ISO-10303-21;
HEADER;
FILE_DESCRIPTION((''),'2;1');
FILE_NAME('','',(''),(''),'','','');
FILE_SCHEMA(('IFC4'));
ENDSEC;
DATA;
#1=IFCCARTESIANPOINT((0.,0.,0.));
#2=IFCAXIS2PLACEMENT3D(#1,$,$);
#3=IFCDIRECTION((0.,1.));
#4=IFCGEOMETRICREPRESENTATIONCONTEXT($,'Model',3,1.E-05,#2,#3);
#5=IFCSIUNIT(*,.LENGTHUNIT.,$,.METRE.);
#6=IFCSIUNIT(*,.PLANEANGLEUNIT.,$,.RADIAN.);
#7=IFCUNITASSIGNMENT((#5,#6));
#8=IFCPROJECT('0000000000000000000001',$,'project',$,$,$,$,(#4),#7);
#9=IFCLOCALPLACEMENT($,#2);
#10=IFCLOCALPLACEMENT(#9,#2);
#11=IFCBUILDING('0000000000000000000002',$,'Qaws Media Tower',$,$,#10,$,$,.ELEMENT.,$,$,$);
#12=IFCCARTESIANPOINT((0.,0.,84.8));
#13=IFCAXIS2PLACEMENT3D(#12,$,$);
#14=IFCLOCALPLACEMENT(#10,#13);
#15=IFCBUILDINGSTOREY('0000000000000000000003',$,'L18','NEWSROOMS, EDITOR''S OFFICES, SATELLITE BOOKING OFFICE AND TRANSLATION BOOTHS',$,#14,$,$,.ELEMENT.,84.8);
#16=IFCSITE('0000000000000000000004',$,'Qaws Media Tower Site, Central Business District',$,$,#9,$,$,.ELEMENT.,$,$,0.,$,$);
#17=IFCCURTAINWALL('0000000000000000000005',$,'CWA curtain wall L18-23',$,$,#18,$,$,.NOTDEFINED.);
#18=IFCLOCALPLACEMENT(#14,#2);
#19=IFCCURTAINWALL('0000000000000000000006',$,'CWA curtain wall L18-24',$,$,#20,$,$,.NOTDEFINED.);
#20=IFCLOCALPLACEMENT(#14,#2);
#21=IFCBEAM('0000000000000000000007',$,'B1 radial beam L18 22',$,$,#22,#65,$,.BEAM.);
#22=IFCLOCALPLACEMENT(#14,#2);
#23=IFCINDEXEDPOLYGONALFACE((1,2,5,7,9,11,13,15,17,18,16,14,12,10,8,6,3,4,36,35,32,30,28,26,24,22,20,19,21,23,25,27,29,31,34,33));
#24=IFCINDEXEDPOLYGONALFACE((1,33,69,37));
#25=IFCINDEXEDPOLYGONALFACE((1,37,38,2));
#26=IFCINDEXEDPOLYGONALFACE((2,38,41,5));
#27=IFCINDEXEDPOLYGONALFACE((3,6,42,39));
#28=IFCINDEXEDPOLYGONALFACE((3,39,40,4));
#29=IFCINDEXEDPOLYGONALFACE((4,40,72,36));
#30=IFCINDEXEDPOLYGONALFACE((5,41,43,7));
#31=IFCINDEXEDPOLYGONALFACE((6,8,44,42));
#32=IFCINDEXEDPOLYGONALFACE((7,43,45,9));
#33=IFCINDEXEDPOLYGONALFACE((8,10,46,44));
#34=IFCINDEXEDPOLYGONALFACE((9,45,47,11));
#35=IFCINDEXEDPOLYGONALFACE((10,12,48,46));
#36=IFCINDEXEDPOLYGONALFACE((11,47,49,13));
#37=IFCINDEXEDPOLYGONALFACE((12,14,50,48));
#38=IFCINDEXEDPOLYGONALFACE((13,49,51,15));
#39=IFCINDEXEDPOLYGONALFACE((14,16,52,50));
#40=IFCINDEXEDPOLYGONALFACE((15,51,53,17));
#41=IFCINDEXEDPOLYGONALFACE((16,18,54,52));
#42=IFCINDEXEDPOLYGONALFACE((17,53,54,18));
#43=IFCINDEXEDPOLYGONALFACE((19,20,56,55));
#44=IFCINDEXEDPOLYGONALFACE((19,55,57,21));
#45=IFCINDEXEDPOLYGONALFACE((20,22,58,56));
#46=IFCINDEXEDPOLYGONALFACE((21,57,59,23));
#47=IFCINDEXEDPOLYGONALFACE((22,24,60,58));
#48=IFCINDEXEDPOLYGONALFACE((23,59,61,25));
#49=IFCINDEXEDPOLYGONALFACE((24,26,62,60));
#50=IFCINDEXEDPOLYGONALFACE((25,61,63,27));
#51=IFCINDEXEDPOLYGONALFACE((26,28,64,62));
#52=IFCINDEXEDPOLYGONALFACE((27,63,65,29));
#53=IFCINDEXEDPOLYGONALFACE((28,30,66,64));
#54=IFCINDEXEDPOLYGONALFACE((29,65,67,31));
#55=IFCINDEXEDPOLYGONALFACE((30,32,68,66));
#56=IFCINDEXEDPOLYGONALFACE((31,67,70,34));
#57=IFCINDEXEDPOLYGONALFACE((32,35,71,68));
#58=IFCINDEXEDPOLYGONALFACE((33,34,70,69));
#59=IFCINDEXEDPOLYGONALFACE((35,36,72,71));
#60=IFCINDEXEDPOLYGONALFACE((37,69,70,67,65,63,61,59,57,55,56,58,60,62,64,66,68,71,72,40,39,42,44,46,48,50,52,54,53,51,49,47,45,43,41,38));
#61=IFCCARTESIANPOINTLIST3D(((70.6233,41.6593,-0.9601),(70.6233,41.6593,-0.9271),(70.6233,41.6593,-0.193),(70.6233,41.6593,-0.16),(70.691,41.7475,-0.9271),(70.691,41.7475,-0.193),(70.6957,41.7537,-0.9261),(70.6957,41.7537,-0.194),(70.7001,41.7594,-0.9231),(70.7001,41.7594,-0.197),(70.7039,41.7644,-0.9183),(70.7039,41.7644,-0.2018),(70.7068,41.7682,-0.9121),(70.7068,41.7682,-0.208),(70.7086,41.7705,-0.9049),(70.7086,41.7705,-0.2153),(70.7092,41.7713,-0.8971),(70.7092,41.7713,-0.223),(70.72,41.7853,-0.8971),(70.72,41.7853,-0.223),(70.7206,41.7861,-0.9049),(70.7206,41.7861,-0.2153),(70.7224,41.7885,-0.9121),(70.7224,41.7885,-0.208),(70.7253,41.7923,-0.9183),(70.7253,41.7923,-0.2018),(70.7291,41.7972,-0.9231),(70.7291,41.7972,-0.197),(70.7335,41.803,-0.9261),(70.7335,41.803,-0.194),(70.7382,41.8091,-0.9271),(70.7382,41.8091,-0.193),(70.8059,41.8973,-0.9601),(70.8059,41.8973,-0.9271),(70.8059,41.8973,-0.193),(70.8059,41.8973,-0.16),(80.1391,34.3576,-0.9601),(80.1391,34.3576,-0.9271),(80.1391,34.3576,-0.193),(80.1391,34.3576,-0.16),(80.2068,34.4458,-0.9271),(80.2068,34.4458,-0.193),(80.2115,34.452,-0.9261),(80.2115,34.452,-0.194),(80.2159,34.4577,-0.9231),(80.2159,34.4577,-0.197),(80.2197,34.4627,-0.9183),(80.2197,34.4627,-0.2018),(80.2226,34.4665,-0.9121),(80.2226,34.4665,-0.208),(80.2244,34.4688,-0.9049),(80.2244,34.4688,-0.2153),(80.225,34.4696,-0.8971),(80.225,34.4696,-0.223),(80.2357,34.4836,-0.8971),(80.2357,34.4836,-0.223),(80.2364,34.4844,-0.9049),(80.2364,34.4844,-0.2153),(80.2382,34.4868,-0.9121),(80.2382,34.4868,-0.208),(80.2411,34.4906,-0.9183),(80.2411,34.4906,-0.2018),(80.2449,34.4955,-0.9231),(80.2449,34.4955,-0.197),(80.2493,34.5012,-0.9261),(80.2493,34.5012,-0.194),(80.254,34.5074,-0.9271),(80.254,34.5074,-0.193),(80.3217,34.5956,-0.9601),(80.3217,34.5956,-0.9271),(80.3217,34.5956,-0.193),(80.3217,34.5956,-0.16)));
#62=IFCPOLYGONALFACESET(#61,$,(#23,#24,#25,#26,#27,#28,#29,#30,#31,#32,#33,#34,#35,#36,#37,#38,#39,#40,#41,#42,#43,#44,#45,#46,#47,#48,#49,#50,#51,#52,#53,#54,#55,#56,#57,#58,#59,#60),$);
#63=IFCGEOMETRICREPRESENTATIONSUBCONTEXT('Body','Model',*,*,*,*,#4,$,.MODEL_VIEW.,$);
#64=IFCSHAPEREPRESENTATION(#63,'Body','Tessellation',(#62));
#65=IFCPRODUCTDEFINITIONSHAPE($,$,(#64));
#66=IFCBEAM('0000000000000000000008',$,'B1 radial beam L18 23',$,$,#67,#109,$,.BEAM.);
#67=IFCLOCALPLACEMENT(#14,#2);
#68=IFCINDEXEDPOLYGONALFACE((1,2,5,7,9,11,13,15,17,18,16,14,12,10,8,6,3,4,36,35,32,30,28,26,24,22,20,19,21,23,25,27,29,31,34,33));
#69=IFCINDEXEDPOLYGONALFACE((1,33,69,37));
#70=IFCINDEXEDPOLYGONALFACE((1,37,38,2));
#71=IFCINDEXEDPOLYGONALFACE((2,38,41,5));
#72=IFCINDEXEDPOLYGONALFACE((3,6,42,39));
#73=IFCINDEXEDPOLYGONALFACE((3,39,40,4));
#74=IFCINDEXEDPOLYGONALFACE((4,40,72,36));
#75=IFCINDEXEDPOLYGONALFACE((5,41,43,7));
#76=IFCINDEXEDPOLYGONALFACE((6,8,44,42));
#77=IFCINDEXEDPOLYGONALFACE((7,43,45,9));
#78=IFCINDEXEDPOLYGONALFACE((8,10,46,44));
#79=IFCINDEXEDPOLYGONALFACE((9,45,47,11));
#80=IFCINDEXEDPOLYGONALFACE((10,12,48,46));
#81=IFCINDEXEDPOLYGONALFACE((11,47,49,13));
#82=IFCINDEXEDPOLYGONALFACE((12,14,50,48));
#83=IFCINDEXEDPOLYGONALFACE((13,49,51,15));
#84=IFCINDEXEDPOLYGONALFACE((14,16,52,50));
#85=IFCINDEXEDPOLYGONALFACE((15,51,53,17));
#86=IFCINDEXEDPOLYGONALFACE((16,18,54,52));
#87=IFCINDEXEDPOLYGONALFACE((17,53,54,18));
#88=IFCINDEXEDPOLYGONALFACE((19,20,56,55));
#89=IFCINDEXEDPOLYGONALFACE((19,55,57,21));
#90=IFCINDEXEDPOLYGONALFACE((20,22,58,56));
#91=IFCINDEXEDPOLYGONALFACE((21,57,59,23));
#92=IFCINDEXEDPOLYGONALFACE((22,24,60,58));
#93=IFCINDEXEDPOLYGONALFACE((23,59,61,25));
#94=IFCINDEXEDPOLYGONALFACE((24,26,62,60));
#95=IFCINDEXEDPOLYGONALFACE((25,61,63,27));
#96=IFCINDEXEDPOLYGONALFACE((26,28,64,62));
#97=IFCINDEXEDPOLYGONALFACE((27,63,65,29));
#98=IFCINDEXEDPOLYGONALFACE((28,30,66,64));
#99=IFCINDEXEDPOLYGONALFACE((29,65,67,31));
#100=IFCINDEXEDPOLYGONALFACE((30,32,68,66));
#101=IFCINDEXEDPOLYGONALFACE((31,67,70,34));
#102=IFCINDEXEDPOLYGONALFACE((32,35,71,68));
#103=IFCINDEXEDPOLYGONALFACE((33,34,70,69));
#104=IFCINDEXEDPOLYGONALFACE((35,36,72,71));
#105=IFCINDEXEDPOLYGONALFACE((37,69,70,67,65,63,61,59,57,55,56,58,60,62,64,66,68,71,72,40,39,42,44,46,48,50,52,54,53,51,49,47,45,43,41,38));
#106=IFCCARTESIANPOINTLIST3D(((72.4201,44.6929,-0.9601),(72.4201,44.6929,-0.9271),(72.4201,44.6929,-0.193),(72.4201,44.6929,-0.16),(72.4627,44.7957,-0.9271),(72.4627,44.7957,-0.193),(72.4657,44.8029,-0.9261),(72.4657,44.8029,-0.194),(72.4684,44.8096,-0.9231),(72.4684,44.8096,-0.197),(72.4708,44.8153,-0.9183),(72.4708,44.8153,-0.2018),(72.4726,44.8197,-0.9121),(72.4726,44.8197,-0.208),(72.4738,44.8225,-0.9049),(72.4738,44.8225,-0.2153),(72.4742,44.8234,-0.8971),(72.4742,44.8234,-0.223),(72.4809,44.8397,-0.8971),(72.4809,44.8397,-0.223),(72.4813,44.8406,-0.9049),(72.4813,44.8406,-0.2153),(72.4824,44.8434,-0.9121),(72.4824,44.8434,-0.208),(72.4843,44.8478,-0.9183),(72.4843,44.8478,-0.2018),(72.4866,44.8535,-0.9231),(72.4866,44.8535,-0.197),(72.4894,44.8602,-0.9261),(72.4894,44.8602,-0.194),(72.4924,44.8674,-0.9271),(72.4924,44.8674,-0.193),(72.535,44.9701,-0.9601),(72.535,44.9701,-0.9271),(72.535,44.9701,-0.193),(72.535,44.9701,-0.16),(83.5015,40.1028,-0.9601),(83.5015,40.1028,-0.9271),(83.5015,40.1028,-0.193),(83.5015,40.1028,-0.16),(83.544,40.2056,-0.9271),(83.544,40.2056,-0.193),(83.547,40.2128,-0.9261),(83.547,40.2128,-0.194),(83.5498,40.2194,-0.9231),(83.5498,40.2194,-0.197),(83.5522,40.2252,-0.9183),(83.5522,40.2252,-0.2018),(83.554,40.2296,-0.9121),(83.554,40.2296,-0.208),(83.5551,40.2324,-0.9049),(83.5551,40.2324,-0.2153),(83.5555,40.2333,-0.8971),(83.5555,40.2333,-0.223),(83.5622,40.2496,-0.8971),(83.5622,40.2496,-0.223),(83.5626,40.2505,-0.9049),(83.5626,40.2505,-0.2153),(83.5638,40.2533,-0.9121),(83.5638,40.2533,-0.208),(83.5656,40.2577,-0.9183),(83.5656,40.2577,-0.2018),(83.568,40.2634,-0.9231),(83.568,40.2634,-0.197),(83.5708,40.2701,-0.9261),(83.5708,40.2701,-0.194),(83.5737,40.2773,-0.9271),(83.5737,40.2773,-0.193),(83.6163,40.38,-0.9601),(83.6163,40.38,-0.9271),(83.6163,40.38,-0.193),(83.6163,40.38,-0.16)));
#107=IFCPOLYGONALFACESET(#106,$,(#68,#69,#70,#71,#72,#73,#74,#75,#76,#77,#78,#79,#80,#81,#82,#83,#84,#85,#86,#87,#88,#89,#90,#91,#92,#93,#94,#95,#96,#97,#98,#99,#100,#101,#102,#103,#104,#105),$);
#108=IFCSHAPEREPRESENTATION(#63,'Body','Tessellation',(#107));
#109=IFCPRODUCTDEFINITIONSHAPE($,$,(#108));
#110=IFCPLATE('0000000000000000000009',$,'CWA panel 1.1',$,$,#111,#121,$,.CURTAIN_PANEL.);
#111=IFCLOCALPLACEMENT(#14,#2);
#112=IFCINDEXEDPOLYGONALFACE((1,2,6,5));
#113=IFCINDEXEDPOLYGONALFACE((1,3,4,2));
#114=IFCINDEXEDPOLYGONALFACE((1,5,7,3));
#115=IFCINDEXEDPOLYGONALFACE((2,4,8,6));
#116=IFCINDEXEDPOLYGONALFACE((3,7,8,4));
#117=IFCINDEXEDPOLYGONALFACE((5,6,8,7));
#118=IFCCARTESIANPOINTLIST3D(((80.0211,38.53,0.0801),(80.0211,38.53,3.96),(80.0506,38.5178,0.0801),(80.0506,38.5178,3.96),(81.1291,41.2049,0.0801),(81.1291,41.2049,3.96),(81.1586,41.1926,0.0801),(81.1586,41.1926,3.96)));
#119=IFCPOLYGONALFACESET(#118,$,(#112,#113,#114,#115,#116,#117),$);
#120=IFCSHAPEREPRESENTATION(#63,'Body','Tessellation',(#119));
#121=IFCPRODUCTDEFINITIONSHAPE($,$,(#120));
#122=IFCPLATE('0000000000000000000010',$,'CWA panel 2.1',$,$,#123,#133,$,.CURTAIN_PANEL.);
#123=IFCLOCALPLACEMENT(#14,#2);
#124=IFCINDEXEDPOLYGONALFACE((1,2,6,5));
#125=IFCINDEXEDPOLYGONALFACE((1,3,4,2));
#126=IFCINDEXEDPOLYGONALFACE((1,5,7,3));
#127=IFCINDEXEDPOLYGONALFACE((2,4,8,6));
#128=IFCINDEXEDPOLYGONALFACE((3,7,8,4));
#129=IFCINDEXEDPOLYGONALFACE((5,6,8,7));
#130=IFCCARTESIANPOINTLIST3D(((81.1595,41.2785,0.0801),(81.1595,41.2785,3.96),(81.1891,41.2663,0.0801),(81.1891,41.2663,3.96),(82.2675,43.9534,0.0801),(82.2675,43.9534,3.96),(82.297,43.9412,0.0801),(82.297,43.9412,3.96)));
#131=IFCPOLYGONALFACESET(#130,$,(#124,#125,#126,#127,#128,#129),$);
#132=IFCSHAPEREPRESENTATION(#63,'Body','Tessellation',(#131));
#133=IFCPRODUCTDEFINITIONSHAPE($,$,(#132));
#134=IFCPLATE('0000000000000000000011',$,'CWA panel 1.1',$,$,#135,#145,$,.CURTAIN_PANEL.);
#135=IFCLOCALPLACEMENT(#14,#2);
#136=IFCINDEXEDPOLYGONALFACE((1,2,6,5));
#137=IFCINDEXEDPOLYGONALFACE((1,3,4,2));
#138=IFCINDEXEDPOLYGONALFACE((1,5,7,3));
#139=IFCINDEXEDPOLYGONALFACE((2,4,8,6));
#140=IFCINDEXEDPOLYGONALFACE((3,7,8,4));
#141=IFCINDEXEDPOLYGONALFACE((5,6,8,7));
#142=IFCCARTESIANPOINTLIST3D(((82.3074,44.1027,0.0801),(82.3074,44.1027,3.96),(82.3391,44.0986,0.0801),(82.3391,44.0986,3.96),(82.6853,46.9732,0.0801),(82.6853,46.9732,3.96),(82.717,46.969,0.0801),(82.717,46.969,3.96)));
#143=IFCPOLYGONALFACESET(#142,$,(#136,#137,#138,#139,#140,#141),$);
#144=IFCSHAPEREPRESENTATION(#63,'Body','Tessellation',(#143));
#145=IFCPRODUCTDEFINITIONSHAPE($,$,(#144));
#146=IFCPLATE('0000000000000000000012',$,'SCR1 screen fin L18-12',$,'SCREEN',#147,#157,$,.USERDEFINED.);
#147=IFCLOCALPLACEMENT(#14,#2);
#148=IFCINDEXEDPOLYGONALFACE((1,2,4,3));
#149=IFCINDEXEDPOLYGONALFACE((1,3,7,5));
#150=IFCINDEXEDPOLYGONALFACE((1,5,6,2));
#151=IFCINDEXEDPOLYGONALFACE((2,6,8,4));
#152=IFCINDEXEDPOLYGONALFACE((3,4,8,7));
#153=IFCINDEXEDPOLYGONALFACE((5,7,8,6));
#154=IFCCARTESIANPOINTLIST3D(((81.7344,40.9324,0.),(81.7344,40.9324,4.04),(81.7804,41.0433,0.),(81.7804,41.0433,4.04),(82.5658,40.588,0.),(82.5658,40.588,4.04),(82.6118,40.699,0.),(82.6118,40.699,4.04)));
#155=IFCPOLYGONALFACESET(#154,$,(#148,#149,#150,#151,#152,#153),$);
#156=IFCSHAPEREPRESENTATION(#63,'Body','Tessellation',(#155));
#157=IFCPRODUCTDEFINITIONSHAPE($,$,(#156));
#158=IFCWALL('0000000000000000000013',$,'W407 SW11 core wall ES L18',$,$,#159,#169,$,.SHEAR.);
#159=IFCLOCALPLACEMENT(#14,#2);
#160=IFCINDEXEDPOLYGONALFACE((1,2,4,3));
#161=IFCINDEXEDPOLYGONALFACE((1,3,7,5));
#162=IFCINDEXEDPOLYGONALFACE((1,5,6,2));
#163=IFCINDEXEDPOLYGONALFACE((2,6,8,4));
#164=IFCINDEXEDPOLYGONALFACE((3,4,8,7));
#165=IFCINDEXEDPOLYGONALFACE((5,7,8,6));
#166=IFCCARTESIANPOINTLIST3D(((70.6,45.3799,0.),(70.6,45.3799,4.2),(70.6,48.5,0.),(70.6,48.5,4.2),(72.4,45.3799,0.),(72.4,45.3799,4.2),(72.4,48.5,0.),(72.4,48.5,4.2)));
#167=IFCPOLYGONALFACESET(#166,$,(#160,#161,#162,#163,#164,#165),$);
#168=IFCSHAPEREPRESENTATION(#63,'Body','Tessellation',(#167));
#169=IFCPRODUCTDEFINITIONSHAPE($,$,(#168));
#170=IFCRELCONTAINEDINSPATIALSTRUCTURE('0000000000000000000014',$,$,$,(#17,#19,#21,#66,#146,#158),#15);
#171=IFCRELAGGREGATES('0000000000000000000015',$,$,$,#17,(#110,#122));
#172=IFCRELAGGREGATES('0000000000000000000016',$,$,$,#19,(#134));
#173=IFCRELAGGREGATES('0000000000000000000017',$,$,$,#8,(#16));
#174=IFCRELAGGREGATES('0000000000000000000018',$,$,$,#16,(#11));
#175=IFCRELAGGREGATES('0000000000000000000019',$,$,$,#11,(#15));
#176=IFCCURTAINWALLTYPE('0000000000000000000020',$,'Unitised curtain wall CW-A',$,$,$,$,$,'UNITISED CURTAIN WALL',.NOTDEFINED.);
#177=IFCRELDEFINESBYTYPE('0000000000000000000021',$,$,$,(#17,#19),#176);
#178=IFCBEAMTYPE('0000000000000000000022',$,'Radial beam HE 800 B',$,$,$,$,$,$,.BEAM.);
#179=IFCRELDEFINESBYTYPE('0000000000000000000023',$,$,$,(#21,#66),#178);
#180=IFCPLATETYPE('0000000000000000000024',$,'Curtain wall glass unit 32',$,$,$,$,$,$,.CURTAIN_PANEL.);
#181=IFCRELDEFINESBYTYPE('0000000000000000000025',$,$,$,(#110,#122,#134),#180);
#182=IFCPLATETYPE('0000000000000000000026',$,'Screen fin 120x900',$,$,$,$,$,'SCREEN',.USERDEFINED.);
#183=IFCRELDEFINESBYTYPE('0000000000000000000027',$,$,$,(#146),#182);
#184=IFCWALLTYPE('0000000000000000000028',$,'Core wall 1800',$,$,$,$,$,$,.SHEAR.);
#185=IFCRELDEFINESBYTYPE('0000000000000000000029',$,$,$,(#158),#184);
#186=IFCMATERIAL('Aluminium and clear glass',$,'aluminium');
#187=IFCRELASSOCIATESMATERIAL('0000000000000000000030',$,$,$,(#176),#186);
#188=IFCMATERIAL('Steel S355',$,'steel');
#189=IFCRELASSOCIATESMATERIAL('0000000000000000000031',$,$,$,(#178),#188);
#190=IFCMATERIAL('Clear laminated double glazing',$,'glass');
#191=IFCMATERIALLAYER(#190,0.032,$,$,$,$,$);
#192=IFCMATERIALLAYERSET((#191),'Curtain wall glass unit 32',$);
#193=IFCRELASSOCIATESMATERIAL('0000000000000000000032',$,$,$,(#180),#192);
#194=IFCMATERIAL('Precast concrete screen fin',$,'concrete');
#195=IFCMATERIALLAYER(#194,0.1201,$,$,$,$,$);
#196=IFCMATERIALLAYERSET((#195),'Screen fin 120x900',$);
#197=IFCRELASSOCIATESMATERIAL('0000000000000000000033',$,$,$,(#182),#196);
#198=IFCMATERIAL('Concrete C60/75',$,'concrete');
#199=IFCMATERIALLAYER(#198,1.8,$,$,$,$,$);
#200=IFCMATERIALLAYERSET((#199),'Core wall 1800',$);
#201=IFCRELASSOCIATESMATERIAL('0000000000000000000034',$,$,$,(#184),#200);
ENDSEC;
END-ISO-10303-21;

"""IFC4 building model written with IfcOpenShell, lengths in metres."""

from ifc_helpers import new_model, si_unit, direction, frame, frame_2d, origin, origin_2d, place, context, subcontext, project, spatial, rectangle, i_section, extrude, material, layer, layer_set, material_profile, profile_set, type_object, element, aggregate, save


model = new_model("IFC4")

# Units and contexts
model_context = context("Model", 3, precision=1e-05, world=origin(), true_north=direction((0.0, 1.0)))
body_context = subcontext(model_context, "Body", "Model", "MODEL_VIEW")
ifc_project = project(units=[si_unit("LENGTHUNIT", "METRE"), si_unit("PLANEANGLEUNIT", "RADIAN")], contexts=[model_context])

# Site, building, storey
site_placement = place(None, origin())
site = spatial("IfcSite", under=ifc_project, at=site_placement, Name="Qaws Media Tower Site, Central Business District", CompositionType="ELEMENT", RefElevation=0.0)
building_placement = place(site_placement, origin())
building = spatial("IfcBuilding", under=site, at=building_placement, Name="Qaws Media Tower", CompositionType="ELEMENT")
storey_placement = place(building_placement, frame((0.0, 0.0, 84.8)))
storey = spatial("IfcBuildingStorey", under=building, at=storey_placement, Name="L18", Description="NEWSROOMS, EDITOR'S OFFICES, SATELLITE BOOKING OFFICE AND TRANSLATION BOOTHS", CompositionType="ELEMENT", Elevation=84.8)

# Shared definitions
ifc_material_1 = material(Name="Aluminium and clear glass", Category="aluminium")
curtain_wall_type = type_object("IfcCurtainWallType", Name="Unitised curtain wall CW-A", ElementType="UNITISED CURTAIN WALL", PredefinedType="NOTDEFINED", material=ifc_material_1)

# Curtain walls
curtain_wall_1_placement = place(storey_placement, origin())
curtain_wall_1 = element("IfcCurtainWall", 1, at=curtain_wall_1_placement, inside=storey, type_object=curtain_wall_type, Name="CWA curtain wall L18-23", PredefinedType="NOTDEFINED")
curtain_wall_2_placement = place(storey_placement, origin())
curtain_wall_2 = element("IfcCurtainWall", 2, at=curtain_wall_2_placement, inside=storey, type_object=curtain_wall_type, Name="CWA curtain wall L18-24", PredefinedType="NOTDEFINED")

# Beams
ifc_material_2 = material(Name="Steel S355", Category="steel")
ifc_material_profile_1 = material_profile(ifc_material_2, i_section(OverallWidth=0.3, OverallDepth=0.8, WebThickness=0.0176, FlangeThickness=0.033, FilletRadius=0.03, at=origin_2d()), Name="HE 800 B")
ifc_profile_set_1 = profile_set([ifc_material_profile_1], Name="Steel S355")
beam_type_1 = type_object("IfcBeamType", Name="Radial beam HE 800 B", PredefinedType="BEAM", material=ifc_profile_set_1)
for number, where, z_axis, x_axis, name in (
    (3, (70.7146, 41.7783, -0.5601), (0.793354, -0.60876, 0.0), (0.60876, 0.793354, 0.0), "B1 radial beam L18 22"),
    (4, (72.4775, 44.8315, -0.5601), (0.923878, -0.382688, 0.0), (0.382688, 0.923878, 0.0), "B1 radial beam L18 23"),
):
    element("IfcBeam", number, at=place(storey_placement, frame(where, z_axis=z_axis, x_axis=x_axis)), inside=storey, type_object=beam_type_1, Name=name, PredefinedType="BEAM", context=body_context, shape_type="SweptSolid", body=[
        extrude(i_section(OverallWidth=0.3, OverallDepth=0.8, WebThickness=0.0176, FlangeThickness=0.033, FilletRadius=0.03, at=origin_2d()), origin(), (0.0, 0.0, 1.0), 11.9944),
    ])

# Plates
ifc_material_3 = material(Name="Clear laminated double glazing", Category="glass")
ifc_layer_1 = layer(ifc_material_3, 0.032)
ifc_layer_set_1 = layer_set([ifc_layer_1], Name="Curtain wall glass unit 32")
plate_type_1 = type_object("IfcPlateType", Name="Curtain wall glass unit 32", PredefinedType="CURTAIN_PANEL", material=ifc_layer_set_1)
plate_1_placement = place(storey_placement, frame((80.5898, 39.8613, 0.0801), z_axis=(0.0, 0.0, 1.0), x_axis=(0.382683, 0.92388, 0.0)))
plate_1 = element("IfcPlate", 5, at=plate_1_placement, type_object=plate_type_1, Name="CWA panel 1.1", PredefinedType="CURTAIN_PANEL", context=body_context, shape_type="SweptSolid", body=[
    extrude(rectangle(XDim=2.8953, YDim=0.032, at=origin_2d()), origin(), (0.0, 0.0, 1.0), 3.8799),
])
plate_2_placement = place(storey_placement, frame((81.7283, 42.6099, 0.0801), z_axis=(0.0, 0.0, 1.0), x_axis=(0.382683, 0.92388, 0.0)))
plate_2 = element("IfcPlate", 6, at=plate_2_placement, type_object=plate_type_1, Name="CWA panel 2.1", PredefinedType="CURTAIN_PANEL", context=body_context, shape_type="SweptSolid", body=[
    extrude(rectangle(XDim=2.8953, YDim=0.032, at=origin_2d()), origin(), (0.0, 0.0, 1.0), 3.8799),
])
aggregate(curtain_wall_1, [plate_1, plate_2])
plate_3_placement = place(storey_placement, frame((82.5122, 45.5359, 0.0801), z_axis=(0.0, 0.0, 1.0), x_axis=(0.130526, 0.991445, 0.0)))
plate_3 = element("IfcPlate", 7, at=plate_3_placement, type_object=plate_type_1, Name="CWA panel 1.1", PredefinedType="CURTAIN_PANEL", context=body_context, shape_type="SweptSolid", body=[
    extrude(rectangle(XDim=2.8953, YDim=0.032, at=origin_2d()), origin(), (0.0, 0.0, 1.0), 3.8799),
])
aggregate(curtain_wall_2, [plate_3])
ifc_material_4 = material(Name="Precast concrete screen fin", Category="concrete")
ifc_layer_2 = layer(ifc_material_4, 0.1201)
ifc_layer_set_2 = layer_set([ifc_layer_2], Name="Screen fin 120x900")
plate_type_2 = type_object("IfcPlateType", Name="Screen fin 120x900", ElementType="SCREEN", PredefinedType="USERDEFINED", material=ifc_layer_set_2)
plate_4_placement = place(storey_placement, frame((82.1731, 40.8157, 0.0), z_axis=(0.0, 0.0, 1.0), x_axis=(0.92388, -0.382683, 0.0)))
element("IfcPlate", 8, at=plate_4_placement, inside=storey, type_object=plate_type_2, Name="SCR1 screen fin L18-12", ObjectType="SCREEN", PredefinedType="USERDEFINED", context=body_context, shape_type="SweptSolid", body=[
    extrude(rectangle(XDim=0.8999, YDim=0.1201, at=origin_2d()), origin(), (0.0, 0.0, 1.0), 4.04),
])

# Wall
ifc_material_5 = material(Name="Concrete C60/75", Category="concrete")
ifc_layer_3 = layer(ifc_material_5, 1.8)
ifc_layer_set_3 = layer_set([ifc_layer_3], Name="Core wall 1800")
wall_type_1 = type_object("IfcWallType", Name="Core wall 1800", PredefinedType="SHEAR", material=ifc_layer_set_3)
wall_1_placement = place(storey_placement, frame((71.5, 45.3799, 0.0), z_axis=(0.0, 0.0, 1.0), x_axis=(0.0, 1.0, 0.0)))
element("IfcWall", 9, at=wall_1_placement, inside=storey, type_object=wall_type_1, Name="W407 SW11 core wall ES L18", PredefinedType="SHEAR", context=body_context, shape_type="SweptSolid", body=[
    extrude(rectangle(XDim=3.1201, YDim=1.8, at=frame_2d((1.5601, 0.0))), origin(), (0.0, 0.0, 1.0), 4.2),
])

save(model, "model.ifc")
